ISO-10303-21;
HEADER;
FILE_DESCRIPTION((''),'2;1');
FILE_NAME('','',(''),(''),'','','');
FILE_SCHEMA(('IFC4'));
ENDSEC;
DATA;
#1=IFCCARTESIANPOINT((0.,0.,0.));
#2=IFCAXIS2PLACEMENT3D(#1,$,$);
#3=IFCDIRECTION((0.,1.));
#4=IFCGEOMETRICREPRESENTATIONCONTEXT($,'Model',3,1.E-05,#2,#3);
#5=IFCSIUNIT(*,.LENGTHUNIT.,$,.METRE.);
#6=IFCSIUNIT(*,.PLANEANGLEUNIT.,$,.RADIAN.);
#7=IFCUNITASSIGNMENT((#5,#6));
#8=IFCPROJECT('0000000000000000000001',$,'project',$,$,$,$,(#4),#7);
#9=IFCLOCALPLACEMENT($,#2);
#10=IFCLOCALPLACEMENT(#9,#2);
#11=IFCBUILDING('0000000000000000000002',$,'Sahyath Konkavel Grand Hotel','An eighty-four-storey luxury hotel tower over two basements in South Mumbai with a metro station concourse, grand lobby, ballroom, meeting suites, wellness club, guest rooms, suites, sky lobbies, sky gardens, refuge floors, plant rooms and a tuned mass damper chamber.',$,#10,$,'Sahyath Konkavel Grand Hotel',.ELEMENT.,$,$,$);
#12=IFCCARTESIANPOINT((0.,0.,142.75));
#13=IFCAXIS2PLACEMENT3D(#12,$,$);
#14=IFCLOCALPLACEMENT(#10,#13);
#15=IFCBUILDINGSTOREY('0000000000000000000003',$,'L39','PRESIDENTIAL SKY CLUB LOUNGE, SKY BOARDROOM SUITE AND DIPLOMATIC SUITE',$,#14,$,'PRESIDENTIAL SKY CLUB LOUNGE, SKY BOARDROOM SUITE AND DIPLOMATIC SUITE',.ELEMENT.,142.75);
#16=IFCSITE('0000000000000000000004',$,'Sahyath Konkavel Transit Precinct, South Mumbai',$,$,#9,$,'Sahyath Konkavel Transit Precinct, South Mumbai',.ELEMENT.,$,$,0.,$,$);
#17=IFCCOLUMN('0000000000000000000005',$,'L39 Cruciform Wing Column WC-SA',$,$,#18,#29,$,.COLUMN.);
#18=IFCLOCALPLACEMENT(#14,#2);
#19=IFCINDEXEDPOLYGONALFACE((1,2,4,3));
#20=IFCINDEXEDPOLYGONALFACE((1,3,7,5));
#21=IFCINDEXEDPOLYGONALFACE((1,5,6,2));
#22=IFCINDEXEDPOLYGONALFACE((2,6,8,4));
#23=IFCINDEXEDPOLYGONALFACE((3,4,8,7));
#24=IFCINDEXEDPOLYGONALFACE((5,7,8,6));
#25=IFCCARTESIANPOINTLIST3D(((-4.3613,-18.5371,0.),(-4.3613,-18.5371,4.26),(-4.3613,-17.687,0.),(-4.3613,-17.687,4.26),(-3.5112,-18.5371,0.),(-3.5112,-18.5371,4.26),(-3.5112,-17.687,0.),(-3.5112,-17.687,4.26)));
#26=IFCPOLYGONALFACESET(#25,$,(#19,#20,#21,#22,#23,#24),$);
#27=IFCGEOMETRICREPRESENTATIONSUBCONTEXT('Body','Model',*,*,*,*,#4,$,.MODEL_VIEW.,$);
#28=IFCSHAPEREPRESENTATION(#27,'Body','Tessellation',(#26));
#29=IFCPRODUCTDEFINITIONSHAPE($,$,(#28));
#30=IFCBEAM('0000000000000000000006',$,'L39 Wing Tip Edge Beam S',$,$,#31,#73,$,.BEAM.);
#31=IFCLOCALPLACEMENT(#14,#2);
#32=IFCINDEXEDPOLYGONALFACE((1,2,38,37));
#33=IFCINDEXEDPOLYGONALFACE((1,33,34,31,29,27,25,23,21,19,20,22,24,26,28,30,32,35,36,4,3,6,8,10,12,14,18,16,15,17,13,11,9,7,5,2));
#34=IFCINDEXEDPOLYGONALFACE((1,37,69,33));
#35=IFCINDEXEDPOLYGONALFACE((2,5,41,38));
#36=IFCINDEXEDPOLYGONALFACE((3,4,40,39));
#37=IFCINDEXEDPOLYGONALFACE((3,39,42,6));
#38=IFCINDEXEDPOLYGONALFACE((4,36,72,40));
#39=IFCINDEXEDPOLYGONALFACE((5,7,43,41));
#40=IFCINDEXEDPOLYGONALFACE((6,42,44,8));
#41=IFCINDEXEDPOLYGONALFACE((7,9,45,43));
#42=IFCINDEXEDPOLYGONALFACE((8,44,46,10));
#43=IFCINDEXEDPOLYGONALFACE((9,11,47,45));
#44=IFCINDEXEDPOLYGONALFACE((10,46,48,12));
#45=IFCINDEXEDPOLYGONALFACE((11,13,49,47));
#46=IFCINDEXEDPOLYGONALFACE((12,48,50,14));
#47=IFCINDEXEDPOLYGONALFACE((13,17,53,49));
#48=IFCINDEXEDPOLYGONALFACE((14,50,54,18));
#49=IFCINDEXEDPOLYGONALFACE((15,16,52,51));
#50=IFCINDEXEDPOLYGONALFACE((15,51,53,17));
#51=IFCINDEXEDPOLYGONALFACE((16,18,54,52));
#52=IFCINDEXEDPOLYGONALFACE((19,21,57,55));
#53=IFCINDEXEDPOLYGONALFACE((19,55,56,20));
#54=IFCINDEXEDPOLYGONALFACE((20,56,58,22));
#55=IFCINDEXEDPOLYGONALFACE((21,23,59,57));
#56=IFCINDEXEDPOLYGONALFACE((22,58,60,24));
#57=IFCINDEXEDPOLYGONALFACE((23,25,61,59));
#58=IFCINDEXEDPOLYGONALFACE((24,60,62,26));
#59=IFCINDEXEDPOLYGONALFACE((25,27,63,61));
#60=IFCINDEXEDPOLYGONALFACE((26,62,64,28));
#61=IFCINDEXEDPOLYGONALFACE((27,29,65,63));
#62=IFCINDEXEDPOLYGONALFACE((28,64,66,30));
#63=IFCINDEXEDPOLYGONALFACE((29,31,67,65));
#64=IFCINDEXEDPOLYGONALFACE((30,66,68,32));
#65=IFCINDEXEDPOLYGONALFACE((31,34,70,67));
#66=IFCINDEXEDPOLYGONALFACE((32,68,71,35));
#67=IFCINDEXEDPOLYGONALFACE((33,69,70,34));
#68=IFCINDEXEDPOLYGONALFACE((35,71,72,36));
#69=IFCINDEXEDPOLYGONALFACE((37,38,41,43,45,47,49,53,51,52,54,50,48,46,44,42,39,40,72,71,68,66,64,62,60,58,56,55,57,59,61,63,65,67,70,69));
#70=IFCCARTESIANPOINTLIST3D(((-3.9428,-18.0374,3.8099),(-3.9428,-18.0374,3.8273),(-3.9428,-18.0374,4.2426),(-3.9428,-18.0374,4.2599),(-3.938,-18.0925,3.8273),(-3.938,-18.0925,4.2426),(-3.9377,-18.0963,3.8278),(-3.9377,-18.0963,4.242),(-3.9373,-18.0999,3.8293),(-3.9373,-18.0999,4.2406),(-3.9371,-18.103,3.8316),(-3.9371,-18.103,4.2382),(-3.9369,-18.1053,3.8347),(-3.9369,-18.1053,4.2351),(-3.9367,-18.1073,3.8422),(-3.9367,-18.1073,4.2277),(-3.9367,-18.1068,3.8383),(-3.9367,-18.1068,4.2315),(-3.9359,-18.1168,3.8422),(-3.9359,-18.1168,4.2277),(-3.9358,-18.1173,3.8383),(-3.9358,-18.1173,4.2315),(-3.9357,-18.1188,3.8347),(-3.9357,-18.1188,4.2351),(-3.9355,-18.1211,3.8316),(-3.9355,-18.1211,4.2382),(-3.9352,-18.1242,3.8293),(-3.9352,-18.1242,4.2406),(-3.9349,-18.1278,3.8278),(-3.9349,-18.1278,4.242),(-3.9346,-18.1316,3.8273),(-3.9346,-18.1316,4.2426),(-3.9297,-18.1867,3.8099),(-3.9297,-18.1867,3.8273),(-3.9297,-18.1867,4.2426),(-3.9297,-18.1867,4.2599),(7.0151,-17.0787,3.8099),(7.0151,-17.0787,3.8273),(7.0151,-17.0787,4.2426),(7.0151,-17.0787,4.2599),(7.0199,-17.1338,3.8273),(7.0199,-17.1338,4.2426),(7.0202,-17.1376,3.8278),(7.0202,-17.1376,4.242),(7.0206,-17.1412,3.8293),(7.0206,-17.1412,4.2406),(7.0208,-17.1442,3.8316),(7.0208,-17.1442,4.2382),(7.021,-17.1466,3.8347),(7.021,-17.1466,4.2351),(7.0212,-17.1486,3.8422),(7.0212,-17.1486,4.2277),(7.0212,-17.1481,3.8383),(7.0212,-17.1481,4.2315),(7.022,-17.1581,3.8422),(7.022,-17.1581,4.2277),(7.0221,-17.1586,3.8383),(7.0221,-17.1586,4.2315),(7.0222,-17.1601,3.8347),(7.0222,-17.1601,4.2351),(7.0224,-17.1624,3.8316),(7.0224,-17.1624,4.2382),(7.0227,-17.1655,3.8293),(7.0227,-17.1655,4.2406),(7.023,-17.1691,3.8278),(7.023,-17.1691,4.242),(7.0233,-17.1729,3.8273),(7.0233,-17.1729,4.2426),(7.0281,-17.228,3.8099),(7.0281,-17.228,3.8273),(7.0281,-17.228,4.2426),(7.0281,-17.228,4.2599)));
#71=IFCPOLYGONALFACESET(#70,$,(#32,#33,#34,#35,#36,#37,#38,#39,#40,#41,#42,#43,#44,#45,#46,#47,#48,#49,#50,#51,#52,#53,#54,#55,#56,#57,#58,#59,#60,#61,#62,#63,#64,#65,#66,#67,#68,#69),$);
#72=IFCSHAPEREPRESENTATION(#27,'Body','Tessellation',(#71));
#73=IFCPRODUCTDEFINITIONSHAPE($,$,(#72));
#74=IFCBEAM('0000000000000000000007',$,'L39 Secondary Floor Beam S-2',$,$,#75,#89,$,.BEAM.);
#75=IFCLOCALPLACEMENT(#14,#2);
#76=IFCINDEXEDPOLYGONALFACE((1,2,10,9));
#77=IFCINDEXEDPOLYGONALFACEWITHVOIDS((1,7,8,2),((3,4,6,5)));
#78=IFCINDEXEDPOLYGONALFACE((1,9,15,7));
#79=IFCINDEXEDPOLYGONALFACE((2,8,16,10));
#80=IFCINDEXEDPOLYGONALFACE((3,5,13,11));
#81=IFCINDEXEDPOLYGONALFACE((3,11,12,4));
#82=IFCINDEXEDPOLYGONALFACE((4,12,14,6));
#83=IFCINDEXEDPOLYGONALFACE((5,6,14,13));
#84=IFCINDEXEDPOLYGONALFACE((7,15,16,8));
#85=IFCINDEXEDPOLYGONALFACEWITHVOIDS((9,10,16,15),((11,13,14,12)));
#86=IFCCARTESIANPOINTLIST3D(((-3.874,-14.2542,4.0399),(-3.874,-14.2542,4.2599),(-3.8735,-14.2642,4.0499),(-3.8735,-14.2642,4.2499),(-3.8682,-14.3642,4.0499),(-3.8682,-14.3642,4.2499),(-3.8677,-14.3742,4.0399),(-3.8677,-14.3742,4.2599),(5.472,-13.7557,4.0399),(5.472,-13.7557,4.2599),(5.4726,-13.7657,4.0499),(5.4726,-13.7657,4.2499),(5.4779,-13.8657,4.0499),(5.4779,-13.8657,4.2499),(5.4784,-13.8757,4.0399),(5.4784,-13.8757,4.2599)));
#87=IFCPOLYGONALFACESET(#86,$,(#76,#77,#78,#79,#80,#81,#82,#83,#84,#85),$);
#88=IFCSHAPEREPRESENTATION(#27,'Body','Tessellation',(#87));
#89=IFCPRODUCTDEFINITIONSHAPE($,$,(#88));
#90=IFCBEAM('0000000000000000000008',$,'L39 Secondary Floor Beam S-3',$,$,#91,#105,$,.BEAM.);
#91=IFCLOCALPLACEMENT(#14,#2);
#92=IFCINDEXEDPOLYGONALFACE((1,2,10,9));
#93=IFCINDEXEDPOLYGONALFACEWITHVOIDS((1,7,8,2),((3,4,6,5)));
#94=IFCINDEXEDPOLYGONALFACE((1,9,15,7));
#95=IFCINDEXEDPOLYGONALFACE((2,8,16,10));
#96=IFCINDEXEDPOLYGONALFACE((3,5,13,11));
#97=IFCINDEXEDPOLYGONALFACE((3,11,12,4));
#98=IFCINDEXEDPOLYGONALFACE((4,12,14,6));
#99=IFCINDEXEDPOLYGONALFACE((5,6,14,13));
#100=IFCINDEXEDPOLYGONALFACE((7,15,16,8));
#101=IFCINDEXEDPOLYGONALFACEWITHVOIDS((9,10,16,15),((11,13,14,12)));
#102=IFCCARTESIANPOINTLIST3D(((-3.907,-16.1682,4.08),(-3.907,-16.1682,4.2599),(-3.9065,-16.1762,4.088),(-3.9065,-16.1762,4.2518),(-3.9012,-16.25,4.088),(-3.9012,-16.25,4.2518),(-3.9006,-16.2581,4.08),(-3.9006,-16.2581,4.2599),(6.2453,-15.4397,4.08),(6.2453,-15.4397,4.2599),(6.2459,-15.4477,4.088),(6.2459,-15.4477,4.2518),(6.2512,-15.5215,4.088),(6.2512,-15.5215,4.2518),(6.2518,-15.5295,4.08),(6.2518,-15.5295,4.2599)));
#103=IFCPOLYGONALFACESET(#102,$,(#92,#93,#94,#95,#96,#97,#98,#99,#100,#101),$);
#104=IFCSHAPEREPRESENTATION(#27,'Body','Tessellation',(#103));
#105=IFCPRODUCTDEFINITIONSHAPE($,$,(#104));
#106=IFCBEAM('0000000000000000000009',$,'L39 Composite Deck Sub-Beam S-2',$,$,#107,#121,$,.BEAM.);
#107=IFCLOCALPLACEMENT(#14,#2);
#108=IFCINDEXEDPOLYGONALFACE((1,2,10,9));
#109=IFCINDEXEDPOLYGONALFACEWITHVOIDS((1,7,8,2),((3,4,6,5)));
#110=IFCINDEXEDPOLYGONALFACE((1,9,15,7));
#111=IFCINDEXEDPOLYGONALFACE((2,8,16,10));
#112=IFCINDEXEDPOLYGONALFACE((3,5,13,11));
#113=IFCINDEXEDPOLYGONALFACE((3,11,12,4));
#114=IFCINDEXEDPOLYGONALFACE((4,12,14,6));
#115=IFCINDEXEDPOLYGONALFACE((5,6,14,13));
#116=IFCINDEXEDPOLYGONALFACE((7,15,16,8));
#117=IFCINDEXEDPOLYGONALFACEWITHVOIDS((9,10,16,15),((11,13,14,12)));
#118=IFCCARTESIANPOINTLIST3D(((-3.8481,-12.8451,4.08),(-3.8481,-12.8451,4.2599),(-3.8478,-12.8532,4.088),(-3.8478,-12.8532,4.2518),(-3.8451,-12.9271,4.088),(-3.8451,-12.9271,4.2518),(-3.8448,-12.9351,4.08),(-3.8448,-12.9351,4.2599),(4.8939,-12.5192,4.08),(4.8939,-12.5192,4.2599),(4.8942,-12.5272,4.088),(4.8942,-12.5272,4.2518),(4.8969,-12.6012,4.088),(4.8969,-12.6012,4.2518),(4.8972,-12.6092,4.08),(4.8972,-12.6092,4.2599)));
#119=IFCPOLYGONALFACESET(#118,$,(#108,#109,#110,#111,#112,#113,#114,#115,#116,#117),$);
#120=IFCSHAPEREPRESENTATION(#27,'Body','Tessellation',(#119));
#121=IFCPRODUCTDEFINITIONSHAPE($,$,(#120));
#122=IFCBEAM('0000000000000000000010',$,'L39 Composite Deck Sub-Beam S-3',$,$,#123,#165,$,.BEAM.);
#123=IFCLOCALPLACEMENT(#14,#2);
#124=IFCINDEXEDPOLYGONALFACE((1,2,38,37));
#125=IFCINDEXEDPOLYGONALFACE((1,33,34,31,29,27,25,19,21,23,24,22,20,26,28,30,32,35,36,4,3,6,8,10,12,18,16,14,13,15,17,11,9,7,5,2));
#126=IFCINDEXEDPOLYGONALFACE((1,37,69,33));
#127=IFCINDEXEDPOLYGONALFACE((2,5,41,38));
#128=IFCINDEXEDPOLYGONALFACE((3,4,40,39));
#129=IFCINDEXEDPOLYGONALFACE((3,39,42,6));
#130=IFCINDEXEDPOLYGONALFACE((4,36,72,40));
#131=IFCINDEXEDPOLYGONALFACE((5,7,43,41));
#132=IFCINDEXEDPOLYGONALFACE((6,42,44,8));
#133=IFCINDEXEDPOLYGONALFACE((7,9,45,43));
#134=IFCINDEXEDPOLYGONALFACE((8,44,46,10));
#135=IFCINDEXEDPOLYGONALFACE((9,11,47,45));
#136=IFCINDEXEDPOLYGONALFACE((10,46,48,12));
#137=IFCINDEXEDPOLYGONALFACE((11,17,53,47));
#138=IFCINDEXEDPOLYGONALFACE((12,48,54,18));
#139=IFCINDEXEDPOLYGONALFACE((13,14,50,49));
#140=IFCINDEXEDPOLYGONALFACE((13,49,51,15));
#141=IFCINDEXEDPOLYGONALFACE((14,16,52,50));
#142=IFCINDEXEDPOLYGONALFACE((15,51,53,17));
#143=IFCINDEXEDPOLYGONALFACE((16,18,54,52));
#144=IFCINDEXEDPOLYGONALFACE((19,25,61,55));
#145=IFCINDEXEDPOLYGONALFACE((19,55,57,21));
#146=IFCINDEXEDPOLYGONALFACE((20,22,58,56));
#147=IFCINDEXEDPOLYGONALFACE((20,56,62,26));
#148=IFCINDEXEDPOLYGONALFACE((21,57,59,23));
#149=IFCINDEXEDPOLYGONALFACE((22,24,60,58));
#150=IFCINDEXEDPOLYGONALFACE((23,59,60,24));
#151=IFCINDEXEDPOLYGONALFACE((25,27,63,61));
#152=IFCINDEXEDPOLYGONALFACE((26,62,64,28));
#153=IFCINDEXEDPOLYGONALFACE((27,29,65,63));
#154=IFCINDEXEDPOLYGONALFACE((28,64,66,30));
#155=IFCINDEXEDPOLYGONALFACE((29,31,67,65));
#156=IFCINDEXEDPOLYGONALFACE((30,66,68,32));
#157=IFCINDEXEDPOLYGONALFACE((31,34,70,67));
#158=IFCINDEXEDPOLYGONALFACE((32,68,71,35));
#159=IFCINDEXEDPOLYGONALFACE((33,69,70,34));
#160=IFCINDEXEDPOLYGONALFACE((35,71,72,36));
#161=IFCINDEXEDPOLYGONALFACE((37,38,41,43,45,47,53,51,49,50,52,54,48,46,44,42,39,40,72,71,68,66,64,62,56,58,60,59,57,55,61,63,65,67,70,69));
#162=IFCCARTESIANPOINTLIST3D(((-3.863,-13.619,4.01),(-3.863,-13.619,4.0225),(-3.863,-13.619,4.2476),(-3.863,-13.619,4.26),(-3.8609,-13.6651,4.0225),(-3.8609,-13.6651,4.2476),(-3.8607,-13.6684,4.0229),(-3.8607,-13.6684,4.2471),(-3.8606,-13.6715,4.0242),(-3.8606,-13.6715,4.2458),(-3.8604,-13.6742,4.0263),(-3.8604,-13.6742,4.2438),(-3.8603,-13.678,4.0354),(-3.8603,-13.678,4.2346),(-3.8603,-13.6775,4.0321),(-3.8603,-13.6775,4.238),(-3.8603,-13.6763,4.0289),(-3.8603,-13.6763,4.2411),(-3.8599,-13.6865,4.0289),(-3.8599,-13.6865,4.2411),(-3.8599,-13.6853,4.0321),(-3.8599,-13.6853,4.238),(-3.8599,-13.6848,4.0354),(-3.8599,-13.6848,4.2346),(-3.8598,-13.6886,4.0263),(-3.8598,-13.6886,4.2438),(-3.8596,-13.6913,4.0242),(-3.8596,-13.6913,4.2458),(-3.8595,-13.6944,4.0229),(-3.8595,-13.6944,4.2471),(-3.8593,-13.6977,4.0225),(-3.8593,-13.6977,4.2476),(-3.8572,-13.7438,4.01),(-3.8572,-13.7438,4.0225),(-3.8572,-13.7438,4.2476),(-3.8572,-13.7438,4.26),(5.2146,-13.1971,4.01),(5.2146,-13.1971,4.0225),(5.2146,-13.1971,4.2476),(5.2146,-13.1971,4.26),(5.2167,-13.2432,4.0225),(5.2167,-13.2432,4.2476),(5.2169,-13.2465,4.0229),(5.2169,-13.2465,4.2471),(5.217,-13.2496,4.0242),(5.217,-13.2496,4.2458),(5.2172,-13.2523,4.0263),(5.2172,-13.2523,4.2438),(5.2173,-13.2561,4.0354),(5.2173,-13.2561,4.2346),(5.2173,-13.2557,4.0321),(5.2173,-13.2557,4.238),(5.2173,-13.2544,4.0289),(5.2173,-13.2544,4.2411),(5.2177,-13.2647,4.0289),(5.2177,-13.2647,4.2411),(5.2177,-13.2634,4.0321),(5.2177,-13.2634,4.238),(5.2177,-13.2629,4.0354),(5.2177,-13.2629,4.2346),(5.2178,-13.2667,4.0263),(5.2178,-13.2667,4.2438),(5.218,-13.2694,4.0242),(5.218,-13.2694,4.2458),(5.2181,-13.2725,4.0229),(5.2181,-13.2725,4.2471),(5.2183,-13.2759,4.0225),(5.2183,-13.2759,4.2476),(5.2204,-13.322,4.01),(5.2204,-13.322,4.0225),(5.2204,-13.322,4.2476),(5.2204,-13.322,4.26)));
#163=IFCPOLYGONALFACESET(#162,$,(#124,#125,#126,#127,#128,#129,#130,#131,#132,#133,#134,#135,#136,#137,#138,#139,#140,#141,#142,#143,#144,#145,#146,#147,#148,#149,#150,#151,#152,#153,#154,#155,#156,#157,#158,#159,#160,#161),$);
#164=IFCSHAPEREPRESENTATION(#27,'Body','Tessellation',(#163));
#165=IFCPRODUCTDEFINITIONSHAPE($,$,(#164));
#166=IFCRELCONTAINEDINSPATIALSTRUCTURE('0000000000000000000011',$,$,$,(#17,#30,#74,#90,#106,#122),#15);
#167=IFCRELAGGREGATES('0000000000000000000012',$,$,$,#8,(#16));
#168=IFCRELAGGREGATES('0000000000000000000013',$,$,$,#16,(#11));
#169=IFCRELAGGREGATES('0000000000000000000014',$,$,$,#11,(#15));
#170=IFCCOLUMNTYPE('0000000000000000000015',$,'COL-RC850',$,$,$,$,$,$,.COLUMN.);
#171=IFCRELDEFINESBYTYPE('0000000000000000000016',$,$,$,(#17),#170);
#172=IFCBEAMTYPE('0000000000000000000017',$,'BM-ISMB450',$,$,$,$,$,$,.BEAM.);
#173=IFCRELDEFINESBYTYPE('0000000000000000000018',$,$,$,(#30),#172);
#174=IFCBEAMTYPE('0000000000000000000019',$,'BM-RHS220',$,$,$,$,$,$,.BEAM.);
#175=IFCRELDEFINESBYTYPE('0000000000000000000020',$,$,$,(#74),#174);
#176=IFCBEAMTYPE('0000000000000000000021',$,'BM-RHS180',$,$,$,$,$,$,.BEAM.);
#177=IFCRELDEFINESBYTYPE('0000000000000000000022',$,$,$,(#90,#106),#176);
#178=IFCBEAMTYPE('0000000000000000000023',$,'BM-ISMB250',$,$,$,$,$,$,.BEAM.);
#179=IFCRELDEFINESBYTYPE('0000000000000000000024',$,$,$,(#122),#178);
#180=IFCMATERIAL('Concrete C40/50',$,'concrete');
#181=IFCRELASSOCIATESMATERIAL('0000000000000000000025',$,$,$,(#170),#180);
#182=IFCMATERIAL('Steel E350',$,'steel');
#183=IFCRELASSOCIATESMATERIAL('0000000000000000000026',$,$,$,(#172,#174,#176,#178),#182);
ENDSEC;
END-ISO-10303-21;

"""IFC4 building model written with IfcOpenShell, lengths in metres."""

from ifc_helpers import new_model, si_unit, direction, frame, origin, origin_2d, place, context, subcontext, project, spatial, rectangle, hollow_rectangle, i_section, extrude, source, transform, mapped, material, material_profile, profile_set, type_object, element, save


model = new_model("IFC4")

# Units and contexts
model_context = context("Model", 3, precision=1e-05, world=origin(), true_north=direction((0.0, 1.0)))
body_context = subcontext(model_context, "Body", "Model", "MODEL_VIEW")
ifc_project = project(units=[si_unit("LENGTHUNIT", "METRE"), si_unit("PLANEANGLEUNIT", "RADIAN")], contexts=[model_context])

# Site, building, storey
site_placement = place(None, origin())
site = spatial("IfcSite", under=ifc_project, at=site_placement, Name="Sahyath Konkavel Transit Precinct, South Mumbai", LongName="Sahyath Konkavel Transit Precinct, South Mumbai", CompositionType="ELEMENT", RefElevation=0.0)
building_placement = place(site_placement, origin())
building = spatial("IfcBuilding", under=site, at=building_placement, Name="Sahyath Konkavel Grand Hotel", Description="An eighty-four-storey luxury hotel tower over two basements in South Mumbai with a metro station concourse, grand lobby, ballroom, meeting suites, wellness club, guest rooms, suites, sky lobbies, sky gardens, refuge floors, plant rooms and a tuned mass damper chamber.", LongName="Sahyath Konkavel Grand Hotel", CompositionType="ELEMENT")
storey_placement = place(building_placement, frame((0.0, 0.0, 142.75)))
storey = spatial("IfcBuildingStorey", under=building, at=storey_placement, Name="L39", Description="PRESIDENTIAL SKY CLUB LOUNGE, SKY BOARDROOM SUITE AND DIPLOMATIC SUITE", LongName="PRESIDENTIAL SKY CLUB LOUNGE, SKY BOARDROOM SUITE AND DIPLOMATIC SUITE", CompositionType="ELEMENT", Elevation=142.75)

# Column
ifc_material_1 = material(Name="Concrete C40/50", Category="concrete")
ifc_material_profile_1 = material_profile(ifc_material_1, rectangle(XDim=0.8501, YDim=0.8501, at=origin_2d()), Name="RC 850x850")
ifc_profile_set_1 = profile_set([ifc_material_profile_1], Name="Concrete C40/50")
column_type = type_object("IfcColumnType", Name="COL-RC850", PredefinedType="COLUMN", material=ifc_profile_set_1)
shared_shape_1 = source(origin(), body_context, "Body", "SweptSolid", [
    extrude(rectangle(XDim=0.8501, YDim=0.8501, at=origin_2d()), origin(), (0.0, 0.0, 1.0), 4.26),
])
column_placement = place(storey_placement, frame((-3.9363, -18.1121, 0.0), z_axis=(0.0, 0.0, 1.0), x_axis=(1.0, 0.0, 0.0)))
element("IfcColumn", 1, at=column_placement, inside=storey, type_object=column_type, Name="L39 Cruciform Wing Column WC-SA", PredefinedType="COLUMN", context=body_context, shape_type="MappedRepresentation", body=[
    mapped(shared_shape_1, transform((0.0, 0.0, 0.0), scale=1.0)),
])

# Beams
ifc_material_2 = material(Name="Steel E350", Category="steel")
ifc_material_profile_2 = material_profile(ifc_material_2, i_section(OverallWidth=0.1499, OverallDepth=0.45, WebThickness=0.0095, FlangeThickness=0.0173, FilletRadius=0.0149, at=origin_2d()), Name="ISMB 450")
ifc_profile_set_2 = profile_set([ifc_material_profile_2], Name="Steel E350")
beam_type_1 = type_object("IfcBeamType", Name="BM-ISMB450", PredefinedType="BEAM", material=ifc_profile_set_2)
shared_shape_2 = source(origin(), body_context, "Body", "SweptSolid", [
    extrude(i_section(OverallWidth=0.1499, OverallDepth=0.45, WebThickness=0.0095, FlangeThickness=0.0173, FilletRadius=0.0149, at=origin_2d()), origin(), (0.0, 0.0, 1.0), 10.9998),
])
beam_1_placement = place(storey_placement, frame((-3.9363, -18.1121, 4.0349), z_axis=(0.996194, 0.087159, 0.0), x_axis=(-0.087159, 0.996194, 0.0)))
element("IfcBeam", 2, at=beam_1_placement, inside=storey, type_object=beam_type_1, Name="L39 Wing Tip Edge Beam S", PredefinedType="BEAM", context=body_context, shape_type="MappedRepresentation", body=[
    mapped(shared_shape_2, transform((0.0, 0.0, 0.0), scale=1.0)),
])
ifc_material_profile_3 = material_profile(ifc_material_2, hollow_rectangle(XDim=0.1201, YDim=0.22, WallThickness=0.01, at=origin_2d()), Name="RHS 220x120x10")
ifc_profile_set_3 = profile_set([ifc_material_profile_3], Name="Steel E350")
beam_type_2 = type_object("IfcBeamType", Name="BM-RHS220", PredefinedType="BEAM", material=ifc_profile_set_3)
shared_shape_3 = source(origin(), body_context, "Body", "SweptSolid", [
    extrude(hollow_rectangle(XDim=0.1201, YDim=0.22, WallThickness=0.01, at=origin_2d()), origin(), (0.0, 0.0, 1.0), 9.3594),
])
beam_2_placement = place(storey_placement, frame((-3.8708, -14.3142, 4.1499), z_axis=(0.99858, 0.053265, 0.0), x_axis=(-0.053265, 0.99858, 0.0)))
element("IfcBeam", 3, at=beam_2_placement, inside=storey, type_object=beam_type_2, Name="L39 Secondary Floor Beam S-2", PredefinedType="BEAM", context=body_context, shape_type="MappedRepresentation", body=[
    mapped(shared_shape_3, transform((0.0, 0.0, 0.0), scale=1.0)),
])
ifc_material_profile_4 = material_profile(ifc_material_2, hollow_rectangle(XDim=0.0901, YDim=0.1799, WallThickness=0.0081, at=origin_2d()), Name="RHS 180x90x8")
ifc_profile_set_4 = profile_set([ifc_material_profile_4], Name="Steel E350")
beam_type_3 = type_object("IfcBeamType", Name="BM-RHS180", PredefinedType="BEAM", material=ifc_profile_set_4)
shared_shape_4 = source(origin(), body_context, "Body", "SweptSolid", [
    extrude(hollow_rectangle(XDim=0.0901, YDim=0.1799, WallThickness=0.0081, at=origin_2d()), origin(), (0.0, 0.0, 1.0), 10.1785),
])
beam_3_placement = place(storey_placement, frame((-3.9038, -16.2131, 4.1699), z_axis=(0.997435, 0.071574, 0.0), x_axis=(-0.071574, 0.997435, 0.0)))
element("IfcBeam", 4, at=beam_3_placement, inside=storey, type_object=beam_type_3, Name="L39 Secondary Floor Beam S-3", PredefinedType="BEAM", context=body_context, shape_type="MappedRepresentation", body=[
    mapped(shared_shape_4, transform((0.0, 0.0, 0.0), scale=1.0)),
])
shared_shape_5 = source(origin(), body_context, "Body", "SweptSolid", [
    extrude(hollow_rectangle(XDim=0.0901, YDim=0.1799, WallThickness=0.0081, at=origin_2d()), origin(), (0.0, 0.0, 1.0), 8.748),
])
beam_4_placement = place(storey_placement, frame((-3.8464, -12.8901, 4.1699), z_axis=(0.999306, 0.037257, 0.0), x_axis=(-0.037257, 0.999306, 0.0)))
element("IfcBeam", 5, at=beam_4_placement, inside=storey, type_object=beam_type_3, Name="L39 Composite Deck Sub-Beam S-2", PredefinedType="BEAM", context=body_context, shape_type="MappedRepresentation", body=[
    mapped(shared_shape_5, transform((0.0, 0.0, 0.0), scale=1.0)),
])
ifc_material_profile_5 = material_profile(ifc_material_2, i_section(OverallWidth=0.125, OverallDepth=0.25, WebThickness=0.0068, FlangeThickness=0.0125, FilletRadius=0.0129, at=origin_2d()), Name="ISMB 250")
ifc_profile_set_5 = profile_set([ifc_material_profile_5], Name="Steel E350")
beam_type_4 = type_object("IfcBeamType", Name="BM-ISMB250", PredefinedType="BEAM", material=ifc_profile_set_5)
shared_shape_6 = source(origin(), body_context, "Body", "SweptSolid", [
    extrude(i_section(OverallWidth=0.125, OverallDepth=0.25, WebThickness=0.0068, FlangeThickness=0.0125, FilletRadius=0.0129, at=origin_2d()), origin(), (0.0, 0.0, 1.0), 9.0874),
])
beam_5_placement = place(storey_placement, frame((-3.8601, -13.6814, 4.135), z_axis=(0.998922, 0.046424, 0.0), x_axis=(-0.046424, 0.998922, 0.0)))
element("IfcBeam", 6, at=beam_5_placement, inside=storey, type_object=beam_type_4, Name="L39 Composite Deck Sub-Beam S-3", PredefinedType="BEAM", context=body_context, shape_type="MappedRepresentation", body=[
    mapped(shared_shape_6, transform((0.0, 0.0, 0.0), scale=1.0)),
])

save(model, "model.ifc")
